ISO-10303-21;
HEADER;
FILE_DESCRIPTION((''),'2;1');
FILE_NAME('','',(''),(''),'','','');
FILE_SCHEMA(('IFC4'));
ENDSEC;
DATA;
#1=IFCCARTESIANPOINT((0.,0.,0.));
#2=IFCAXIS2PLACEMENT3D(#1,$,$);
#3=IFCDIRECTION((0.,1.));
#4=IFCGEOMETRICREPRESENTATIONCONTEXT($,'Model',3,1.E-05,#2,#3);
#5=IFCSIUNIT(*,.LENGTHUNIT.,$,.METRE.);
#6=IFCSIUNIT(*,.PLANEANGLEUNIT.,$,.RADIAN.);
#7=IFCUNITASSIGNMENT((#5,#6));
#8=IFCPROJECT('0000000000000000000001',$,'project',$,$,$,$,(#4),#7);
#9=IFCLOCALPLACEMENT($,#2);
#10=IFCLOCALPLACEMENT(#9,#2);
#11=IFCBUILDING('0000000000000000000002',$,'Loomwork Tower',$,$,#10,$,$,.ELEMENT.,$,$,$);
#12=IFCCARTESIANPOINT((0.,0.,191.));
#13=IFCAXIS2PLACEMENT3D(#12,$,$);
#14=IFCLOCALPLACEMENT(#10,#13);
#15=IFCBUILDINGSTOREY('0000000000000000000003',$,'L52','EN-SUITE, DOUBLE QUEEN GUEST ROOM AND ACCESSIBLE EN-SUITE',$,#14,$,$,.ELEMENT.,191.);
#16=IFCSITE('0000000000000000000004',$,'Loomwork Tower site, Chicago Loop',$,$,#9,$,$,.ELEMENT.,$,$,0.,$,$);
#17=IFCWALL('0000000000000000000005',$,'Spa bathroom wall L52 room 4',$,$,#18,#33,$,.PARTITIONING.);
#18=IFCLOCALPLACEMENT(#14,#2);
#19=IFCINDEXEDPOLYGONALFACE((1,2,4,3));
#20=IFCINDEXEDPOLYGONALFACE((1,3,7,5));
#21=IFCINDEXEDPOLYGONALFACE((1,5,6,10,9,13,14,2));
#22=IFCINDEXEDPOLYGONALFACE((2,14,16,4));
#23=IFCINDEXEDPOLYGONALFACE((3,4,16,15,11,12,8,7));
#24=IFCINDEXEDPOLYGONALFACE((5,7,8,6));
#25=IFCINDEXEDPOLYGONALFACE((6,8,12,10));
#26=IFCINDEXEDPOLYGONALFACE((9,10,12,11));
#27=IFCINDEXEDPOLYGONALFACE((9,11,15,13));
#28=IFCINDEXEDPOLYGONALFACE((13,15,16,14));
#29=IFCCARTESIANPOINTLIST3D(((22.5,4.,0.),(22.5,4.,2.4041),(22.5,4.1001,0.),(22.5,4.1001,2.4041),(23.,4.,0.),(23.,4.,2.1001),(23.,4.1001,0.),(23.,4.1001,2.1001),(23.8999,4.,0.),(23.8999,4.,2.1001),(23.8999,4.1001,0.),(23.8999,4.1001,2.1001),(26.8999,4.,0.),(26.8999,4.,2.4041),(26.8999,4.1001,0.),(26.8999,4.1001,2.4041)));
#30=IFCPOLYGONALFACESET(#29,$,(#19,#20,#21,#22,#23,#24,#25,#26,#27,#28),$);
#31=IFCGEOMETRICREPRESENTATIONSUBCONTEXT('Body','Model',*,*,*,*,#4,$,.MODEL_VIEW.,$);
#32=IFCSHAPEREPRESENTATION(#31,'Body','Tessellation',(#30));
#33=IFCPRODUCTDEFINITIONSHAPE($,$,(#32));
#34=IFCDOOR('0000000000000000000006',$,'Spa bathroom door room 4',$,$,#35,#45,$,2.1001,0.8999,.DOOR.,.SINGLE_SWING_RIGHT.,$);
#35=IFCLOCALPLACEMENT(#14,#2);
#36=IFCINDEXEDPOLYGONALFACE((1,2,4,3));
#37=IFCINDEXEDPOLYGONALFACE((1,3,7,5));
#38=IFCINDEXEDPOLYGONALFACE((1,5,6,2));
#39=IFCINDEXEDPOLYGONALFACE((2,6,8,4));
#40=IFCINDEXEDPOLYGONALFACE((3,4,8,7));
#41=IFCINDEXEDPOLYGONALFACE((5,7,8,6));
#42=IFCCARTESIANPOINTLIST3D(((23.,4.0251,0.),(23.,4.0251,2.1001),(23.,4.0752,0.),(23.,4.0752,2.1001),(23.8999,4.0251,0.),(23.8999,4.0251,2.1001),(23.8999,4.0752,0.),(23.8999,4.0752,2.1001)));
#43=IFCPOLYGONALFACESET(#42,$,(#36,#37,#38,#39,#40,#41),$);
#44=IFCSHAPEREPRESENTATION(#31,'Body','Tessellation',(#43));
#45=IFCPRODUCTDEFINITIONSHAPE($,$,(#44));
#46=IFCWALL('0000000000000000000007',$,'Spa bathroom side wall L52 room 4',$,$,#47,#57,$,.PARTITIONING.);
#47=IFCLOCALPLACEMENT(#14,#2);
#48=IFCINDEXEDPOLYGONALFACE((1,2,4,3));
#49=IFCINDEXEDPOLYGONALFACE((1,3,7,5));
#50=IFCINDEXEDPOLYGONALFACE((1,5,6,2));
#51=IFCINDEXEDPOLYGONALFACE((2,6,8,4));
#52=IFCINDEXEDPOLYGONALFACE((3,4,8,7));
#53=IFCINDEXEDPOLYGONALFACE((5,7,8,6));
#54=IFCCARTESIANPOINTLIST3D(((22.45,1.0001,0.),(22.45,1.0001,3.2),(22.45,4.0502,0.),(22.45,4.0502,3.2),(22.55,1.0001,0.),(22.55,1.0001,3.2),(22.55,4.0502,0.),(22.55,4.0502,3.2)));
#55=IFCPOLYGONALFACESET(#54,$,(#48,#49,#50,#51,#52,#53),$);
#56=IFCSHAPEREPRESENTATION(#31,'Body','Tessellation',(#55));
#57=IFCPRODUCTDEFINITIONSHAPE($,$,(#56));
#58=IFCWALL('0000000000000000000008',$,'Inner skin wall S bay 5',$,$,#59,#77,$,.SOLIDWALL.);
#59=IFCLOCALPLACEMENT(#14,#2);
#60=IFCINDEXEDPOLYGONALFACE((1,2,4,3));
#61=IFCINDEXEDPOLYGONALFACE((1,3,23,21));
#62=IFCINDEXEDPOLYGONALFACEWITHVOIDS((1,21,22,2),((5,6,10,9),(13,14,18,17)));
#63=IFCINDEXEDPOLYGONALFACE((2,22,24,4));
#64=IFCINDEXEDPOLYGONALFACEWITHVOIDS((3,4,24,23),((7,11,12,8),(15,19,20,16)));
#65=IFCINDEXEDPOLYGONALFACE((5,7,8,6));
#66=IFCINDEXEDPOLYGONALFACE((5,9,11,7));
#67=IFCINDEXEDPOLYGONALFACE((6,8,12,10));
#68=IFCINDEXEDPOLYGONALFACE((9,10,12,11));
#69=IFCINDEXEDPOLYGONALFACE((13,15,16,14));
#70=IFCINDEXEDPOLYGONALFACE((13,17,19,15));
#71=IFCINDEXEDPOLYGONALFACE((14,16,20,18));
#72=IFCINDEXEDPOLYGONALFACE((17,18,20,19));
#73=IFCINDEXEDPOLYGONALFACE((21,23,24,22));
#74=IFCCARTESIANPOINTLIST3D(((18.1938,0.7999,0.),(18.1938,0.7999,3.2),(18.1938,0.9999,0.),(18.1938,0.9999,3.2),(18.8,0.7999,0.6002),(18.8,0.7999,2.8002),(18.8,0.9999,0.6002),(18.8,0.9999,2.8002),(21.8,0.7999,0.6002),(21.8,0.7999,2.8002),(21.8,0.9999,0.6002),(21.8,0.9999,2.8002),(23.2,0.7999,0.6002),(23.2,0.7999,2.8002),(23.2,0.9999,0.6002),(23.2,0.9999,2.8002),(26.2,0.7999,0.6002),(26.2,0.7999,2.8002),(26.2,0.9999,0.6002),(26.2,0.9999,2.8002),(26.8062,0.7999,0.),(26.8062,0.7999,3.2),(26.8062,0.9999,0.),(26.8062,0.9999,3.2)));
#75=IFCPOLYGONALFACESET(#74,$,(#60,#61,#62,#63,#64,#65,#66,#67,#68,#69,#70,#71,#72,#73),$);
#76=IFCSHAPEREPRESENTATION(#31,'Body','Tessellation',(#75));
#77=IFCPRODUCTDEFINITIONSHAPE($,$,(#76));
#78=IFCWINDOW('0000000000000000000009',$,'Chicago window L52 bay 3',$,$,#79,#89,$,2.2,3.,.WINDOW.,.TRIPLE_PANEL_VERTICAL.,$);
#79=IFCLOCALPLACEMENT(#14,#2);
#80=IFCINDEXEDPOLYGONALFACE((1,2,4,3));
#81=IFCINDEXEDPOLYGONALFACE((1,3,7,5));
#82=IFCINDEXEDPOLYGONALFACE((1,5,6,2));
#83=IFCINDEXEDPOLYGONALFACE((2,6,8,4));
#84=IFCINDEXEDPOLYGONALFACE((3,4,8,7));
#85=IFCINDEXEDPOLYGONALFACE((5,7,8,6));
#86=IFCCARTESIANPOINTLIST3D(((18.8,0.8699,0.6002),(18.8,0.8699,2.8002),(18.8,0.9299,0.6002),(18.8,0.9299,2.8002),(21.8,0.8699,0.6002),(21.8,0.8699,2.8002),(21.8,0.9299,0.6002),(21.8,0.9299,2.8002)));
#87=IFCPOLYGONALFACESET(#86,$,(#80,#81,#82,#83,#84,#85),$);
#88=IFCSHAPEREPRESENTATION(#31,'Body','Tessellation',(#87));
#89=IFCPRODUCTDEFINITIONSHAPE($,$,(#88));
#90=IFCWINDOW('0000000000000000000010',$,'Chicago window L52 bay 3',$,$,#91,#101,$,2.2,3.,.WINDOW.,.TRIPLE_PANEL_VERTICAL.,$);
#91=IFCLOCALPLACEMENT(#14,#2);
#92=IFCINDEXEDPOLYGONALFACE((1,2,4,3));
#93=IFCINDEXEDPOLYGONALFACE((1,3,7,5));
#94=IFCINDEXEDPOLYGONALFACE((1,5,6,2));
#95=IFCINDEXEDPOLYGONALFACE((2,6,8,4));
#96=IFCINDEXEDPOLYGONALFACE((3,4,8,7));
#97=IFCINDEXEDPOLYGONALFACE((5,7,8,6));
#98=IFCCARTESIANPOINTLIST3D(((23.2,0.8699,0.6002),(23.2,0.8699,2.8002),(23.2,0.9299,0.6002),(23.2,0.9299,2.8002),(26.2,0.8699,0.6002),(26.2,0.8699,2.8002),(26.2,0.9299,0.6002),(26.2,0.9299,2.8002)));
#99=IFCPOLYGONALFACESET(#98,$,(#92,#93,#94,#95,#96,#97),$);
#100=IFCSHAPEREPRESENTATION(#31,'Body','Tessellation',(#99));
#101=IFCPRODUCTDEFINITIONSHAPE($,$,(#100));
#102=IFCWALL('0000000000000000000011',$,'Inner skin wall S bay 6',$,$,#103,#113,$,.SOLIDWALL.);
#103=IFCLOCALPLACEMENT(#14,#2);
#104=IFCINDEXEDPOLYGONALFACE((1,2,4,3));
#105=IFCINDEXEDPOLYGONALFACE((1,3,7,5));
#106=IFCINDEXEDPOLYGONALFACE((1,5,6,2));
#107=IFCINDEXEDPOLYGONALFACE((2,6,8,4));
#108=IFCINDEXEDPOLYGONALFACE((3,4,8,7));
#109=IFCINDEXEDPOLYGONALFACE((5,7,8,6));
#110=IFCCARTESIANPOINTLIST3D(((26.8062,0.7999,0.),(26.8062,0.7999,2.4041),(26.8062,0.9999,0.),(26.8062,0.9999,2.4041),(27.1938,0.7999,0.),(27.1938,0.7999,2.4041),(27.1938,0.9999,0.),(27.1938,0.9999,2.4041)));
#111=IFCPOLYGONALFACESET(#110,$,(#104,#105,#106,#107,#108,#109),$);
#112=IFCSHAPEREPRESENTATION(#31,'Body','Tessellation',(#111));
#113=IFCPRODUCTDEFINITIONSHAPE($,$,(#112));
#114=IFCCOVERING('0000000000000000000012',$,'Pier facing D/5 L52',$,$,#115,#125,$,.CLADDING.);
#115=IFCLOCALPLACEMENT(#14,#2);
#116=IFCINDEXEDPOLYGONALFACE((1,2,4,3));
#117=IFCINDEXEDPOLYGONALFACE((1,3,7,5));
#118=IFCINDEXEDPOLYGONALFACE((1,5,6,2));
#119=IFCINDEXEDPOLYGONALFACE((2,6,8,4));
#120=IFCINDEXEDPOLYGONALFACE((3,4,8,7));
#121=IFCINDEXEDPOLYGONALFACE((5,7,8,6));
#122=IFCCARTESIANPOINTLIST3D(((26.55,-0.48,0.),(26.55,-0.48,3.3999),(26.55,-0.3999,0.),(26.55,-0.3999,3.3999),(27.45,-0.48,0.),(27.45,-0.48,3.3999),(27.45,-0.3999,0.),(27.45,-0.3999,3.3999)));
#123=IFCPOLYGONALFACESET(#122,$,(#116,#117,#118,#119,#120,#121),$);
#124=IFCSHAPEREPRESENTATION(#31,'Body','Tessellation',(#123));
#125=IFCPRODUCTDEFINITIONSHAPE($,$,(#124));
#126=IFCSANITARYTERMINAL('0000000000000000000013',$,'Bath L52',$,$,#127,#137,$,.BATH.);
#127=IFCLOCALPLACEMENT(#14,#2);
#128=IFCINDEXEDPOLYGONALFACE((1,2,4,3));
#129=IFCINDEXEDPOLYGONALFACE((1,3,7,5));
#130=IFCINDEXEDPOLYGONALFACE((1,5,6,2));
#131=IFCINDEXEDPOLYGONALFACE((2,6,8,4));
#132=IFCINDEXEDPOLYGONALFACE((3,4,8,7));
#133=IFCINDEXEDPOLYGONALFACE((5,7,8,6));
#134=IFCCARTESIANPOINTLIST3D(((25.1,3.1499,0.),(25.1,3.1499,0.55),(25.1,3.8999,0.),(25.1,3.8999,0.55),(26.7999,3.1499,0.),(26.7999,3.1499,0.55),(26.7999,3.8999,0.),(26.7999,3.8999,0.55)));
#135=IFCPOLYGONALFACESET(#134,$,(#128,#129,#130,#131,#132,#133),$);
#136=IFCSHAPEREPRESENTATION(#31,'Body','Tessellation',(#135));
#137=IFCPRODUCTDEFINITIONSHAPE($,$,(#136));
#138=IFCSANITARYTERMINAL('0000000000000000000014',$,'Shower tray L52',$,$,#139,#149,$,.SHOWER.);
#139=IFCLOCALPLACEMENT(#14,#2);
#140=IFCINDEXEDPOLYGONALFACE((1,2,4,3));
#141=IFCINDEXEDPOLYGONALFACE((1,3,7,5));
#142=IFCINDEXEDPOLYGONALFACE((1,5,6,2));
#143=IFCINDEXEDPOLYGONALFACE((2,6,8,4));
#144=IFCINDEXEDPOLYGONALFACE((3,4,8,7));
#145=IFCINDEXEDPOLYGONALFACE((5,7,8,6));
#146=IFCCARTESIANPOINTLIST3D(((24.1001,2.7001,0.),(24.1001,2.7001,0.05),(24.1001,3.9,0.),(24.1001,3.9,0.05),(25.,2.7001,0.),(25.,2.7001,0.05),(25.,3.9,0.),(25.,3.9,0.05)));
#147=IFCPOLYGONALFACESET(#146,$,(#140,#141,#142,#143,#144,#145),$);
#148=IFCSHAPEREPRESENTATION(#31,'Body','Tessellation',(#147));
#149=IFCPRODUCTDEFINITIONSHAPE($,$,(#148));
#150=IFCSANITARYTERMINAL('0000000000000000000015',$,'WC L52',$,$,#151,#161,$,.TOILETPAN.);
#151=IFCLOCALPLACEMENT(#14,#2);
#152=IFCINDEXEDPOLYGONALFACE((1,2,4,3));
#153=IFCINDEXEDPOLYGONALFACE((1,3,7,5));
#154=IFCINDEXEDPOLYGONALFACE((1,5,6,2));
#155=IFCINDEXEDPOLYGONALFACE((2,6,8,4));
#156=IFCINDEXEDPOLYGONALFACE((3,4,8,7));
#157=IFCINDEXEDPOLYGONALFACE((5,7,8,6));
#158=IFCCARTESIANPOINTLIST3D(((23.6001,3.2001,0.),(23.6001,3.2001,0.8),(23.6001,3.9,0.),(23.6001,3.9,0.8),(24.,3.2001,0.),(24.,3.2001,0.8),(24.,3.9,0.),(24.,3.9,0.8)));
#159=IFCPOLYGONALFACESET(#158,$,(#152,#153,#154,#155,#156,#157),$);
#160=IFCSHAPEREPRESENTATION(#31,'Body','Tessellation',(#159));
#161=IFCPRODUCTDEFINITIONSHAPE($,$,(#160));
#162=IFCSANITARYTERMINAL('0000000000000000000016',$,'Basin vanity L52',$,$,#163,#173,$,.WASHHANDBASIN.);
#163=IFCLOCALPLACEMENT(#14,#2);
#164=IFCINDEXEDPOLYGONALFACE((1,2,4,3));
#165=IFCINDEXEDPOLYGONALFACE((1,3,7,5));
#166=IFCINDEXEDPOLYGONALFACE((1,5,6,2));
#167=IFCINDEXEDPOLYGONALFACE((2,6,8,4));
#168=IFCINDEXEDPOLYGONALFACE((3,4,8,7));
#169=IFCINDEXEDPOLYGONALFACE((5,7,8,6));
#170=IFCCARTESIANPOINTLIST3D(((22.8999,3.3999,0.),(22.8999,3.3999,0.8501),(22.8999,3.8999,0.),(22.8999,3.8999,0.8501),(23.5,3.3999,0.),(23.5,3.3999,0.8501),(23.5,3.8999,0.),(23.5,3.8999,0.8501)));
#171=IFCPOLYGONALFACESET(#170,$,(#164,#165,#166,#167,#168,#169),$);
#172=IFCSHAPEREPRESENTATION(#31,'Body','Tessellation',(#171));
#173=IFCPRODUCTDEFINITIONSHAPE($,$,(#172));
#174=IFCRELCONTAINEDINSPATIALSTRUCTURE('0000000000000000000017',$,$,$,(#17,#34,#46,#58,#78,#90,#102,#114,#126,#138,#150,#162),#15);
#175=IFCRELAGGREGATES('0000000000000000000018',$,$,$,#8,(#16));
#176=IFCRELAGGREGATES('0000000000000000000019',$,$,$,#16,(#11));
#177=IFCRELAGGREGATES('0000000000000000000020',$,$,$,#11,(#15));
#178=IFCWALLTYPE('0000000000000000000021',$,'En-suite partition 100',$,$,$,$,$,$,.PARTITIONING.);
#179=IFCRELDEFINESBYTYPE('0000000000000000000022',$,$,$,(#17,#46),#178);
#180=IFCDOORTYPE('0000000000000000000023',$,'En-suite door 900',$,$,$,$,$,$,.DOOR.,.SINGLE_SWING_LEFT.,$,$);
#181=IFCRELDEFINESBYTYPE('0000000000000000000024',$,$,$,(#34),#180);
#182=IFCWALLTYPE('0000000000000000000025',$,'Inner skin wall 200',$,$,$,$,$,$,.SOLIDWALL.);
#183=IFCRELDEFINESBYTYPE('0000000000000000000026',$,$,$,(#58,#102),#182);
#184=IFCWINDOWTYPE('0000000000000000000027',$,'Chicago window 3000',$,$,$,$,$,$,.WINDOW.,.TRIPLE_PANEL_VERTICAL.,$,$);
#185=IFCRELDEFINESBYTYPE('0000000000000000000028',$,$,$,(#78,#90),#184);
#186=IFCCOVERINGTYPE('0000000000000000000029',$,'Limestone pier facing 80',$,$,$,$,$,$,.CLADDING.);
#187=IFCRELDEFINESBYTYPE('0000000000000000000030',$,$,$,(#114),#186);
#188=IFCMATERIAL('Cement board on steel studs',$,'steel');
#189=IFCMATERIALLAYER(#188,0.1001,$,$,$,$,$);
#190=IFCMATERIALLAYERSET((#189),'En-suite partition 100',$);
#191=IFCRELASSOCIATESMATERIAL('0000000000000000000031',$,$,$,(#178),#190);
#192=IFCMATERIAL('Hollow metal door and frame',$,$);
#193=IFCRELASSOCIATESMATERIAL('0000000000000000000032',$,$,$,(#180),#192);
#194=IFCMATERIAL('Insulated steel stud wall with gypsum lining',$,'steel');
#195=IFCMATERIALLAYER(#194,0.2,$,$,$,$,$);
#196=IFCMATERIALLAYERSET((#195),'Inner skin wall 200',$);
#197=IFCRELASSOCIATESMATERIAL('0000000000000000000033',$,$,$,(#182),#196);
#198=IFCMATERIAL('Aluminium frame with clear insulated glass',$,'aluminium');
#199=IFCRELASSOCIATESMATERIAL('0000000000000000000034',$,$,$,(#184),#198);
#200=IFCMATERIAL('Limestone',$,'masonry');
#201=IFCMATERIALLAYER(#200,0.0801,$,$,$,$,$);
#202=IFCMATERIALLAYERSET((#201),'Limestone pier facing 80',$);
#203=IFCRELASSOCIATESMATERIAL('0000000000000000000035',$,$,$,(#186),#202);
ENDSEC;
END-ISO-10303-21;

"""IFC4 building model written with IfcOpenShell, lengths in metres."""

from ifc_helpers import new_model, si_unit, direction, frame, frame_2d, origin, origin_2d, place, context, subcontext, project, spatial, rectangle, extrude, material, layer, layer_set, type_object, element, fill, save


model = new_model("IFC4")

# Units and contexts
model_context = context("Model", 3, precision=1e-05, world=origin(), true_north=direction((0.0, 1.0)))
body_context = subcontext(model_context, "Body", "Model", "MODEL_VIEW")
ifc_project = project(units=[si_unit("LENGTHUNIT", "METRE"), si_unit("PLANEANGLEUNIT", "RADIAN")], contexts=[model_context])

# Site, building, storey
site_placement = place(None, origin())
site = spatial("IfcSite", under=ifc_project, at=site_placement, Name="Loomwork Tower site, Chicago Loop", CompositionType="ELEMENT", RefElevation=0.0)
building_placement = place(site_placement, origin())
building = spatial("IfcBuilding", under=site, at=building_placement, Name="Loomwork Tower", CompositionType="ELEMENT")
storey_placement = place(building_placement, frame((0.0, 0.0, 191.0)))
storey = spatial("IfcBuildingStorey", under=building, at=storey_placement, Name="L52", Description="EN-SUITE, DOUBLE QUEEN GUEST ROOM AND ACCESSIBLE EN-SUITE", CompositionType="ELEMENT", Elevation=191.0)

# Wall, opening, door
ifc_material_1 = material(Name="Cement board on steel studs", Category="steel")
ifc_layer_1 = layer(ifc_material_1, 0.1001)
ifc_layer_set_1 = layer_set([ifc_layer_1], Name="En-suite partition 100")
wall_type_1 = type_object("IfcWallType", Name="En-suite partition 100", PredefinedType="PARTITIONING", material=ifc_layer_set_1)
wall_1_placement = place(storey_placement, frame((22.5, 4.05, 0.0), z_axis=(0.0, 0.0, 1.0), x_axis=(1.0, 0.0, 0.0)))
wall_1 = element("IfcWall", 1, at=wall_1_placement, inside=storey, type_object=wall_type_1, Name="Spa bathroom wall L52 room 4", PredefinedType="PARTITIONING", context=body_context, shape_type="SweptSolid", body=[
    extrude(rectangle(XDim=4.3999, YDim=0.1001, at=frame_2d((2.2, 0.0))), origin(), (0.0, 0.0, 1.0), 2.4041),
])
opening_1_placement = place(wall_1_placement, frame((0.5, 0.0, 0.0)))
opening_1 = element("IfcOpeningElement", 2, at=opening_1_placement, cuts=wall_1, PredefinedType="OPENING", context=body_context, shape_type="SweptSolid", body=[
    extrude(rectangle(XDim=0.8999, YDim=2.1001, at=frame_2d((0.45, 1.05))), frame((0.0, 0.0601, 0.0), z_axis=(0.0, -1.0, 0.0), x_axis=(1.0, 0.0, 0.0)), (0.0, 0.0, 1.0), 0.1201),
])
ifc_material_2 = material(Name="Hollow metal door and frame")
door_type_1 = type_object("IfcDoorType", Name="En-suite door 900", OperationType="SINGLE_SWING_LEFT", PredefinedType="DOOR", material=ifc_material_2)
door_1_placement = place(opening_1_placement, frame((0.8999, 0.0, 0.0), z_axis=(0.0, 0.0, 1.0), x_axis=(-1.0, 0.0, 0.0)))
door_1 = element("IfcDoor", 3, at=door_1_placement, inside=storey, type_object=door_type_1, Name="Spa bathroom door room 4", OperationType="SINGLE_SWING_RIGHT", OverallHeight=2.1001, OverallWidth=0.8999, PredefinedType="DOOR", context=body_context, shape_type="SweptSolid", body=[
    extrude(rectangle(XDim=0.8999, YDim=2.1001, at=frame_2d((0.45, 1.05))), frame((0.0, 0.0249, 0.0), z_axis=(0.0, -1.0, 0.0), x_axis=(1.0, 0.0, 0.0)), (0.0, 0.0, 1.0), 0.05),
])
fill(opening_1, door_1)

# Wall
wall_2_placement = place(storey_placement, frame((22.5, 4.05, 0.0), z_axis=(0.0, 0.0, 1.0), x_axis=(0.0, -1.0, 0.0)))
element("IfcWall", 4, at=wall_2_placement, inside=storey, type_object=wall_type_1, Name="Spa bathroom side wall L52 room 4", PredefinedType="PARTITIONING", context=body_context, shape_type="SweptSolid", body=[
    extrude(rectangle(XDim=3.05, YDim=0.1001, at=frame_2d((1.5249, 0.0))), origin(), (0.0, 0.0, 1.0), 3.2),
])

# Wall, openings, windows
ifc_material_3 = material(Name="Insulated steel stud wall with gypsum lining", Category="steel")
ifc_layer_2 = layer(ifc_material_3, 0.2)
ifc_layer_set_2 = layer_set([ifc_layer_2], Name="Inner skin wall 200")
wall_type_2 = type_object("IfcWallType", Name="Inner skin wall 200", PredefinedType="SOLIDWALL", material=ifc_layer_set_2)
wall_3_placement = place(storey_placement, frame((18.1938, 0.8999, 0.0), z_axis=(0.0, 0.0, 1.0), x_axis=(1.0, 0.0, 0.0)))
wall_3 = element("IfcWall", 5, at=wall_3_placement, inside=storey, type_object=wall_type_2, Name="Inner skin wall S bay 5", PredefinedType="SOLIDWALL", context=body_context, shape_type="SweptSolid", body=[
    extrude(rectangle(XDim=8.6123, YDim=0.2, at=frame_2d((4.3062, 0.0))), origin(), (0.0, 0.0, 1.0), 3.2),
])
opening_2_placement = place(wall_3_placement, frame((0.6062, 0.0, 0.6001)))
opening_2 = element("IfcOpeningElement", 6, at=opening_2_placement, cuts=wall_3, PredefinedType="OPENING", context=body_context, shape_type="SweptSolid", body=[
    extrude(rectangle(XDim=3.0, YDim=2.2, at=frame_2d((1.5, 1.1001))), frame((0.0, 0.1099, 0.0), z_axis=(0.0, -1.0, 0.0), x_axis=(1.0, 0.0, 0.0)), (0.0, 0.0, 1.0), 0.22),
])
opening_3_placement = place(wall_3_placement, frame((5.0061, 0.0, 0.6001)))
opening_3 = element("IfcOpeningElement", 7, at=opening_3_placement, cuts=wall_3, PredefinedType="OPENING", context=body_context, shape_type="SweptSolid", body=[
    extrude(rectangle(XDim=3.0, YDim=2.2, at=frame_2d((1.5, 1.1001))), frame((0.0, 0.1099, 0.0), z_axis=(0.0, -1.0, 0.0), x_axis=(1.0, 0.0, 0.0)), (0.0, 0.0, 1.0), 0.22),
])
ifc_material_4 = material(Name="Aluminium frame with clear insulated glass", Category="aluminium")
window_type = type_object("IfcWindowType", Name="Chicago window 3000", PartitioningType="TRIPLE_PANEL_VERTICAL", PredefinedType="WINDOW", material=ifc_material_4)
window_1_placement = place(opening_2_placement, origin())
window_1 = element("IfcWindow", 8, at=window_1_placement, inside=storey, type_object=window_type, Name="Chicago window L52 bay 3", OverallHeight=2.2, OverallWidth=3.0, PartitioningType="TRIPLE_PANEL_VERTICAL", PredefinedType="WINDOW", context=body_context, shape_type="SweptSolid", body=[
    extrude(rectangle(XDim=3.0, YDim=2.2, at=frame_2d((1.5, 1.1001))), frame((0.0, 0.03, 0.0), z_axis=(0.0, -1.0, 0.0), x_axis=(1.0, 0.0, 0.0)), (0.0, 0.0, 1.0), 0.0601),
])
fill(opening_2, window_1)
window_2_placement = place(opening_3_placement, origin())
window_2 = element("IfcWindow", 9, at=window_2_placement, inside=storey, type_object=window_type, Name="Chicago window L52 bay 3", OverallHeight=2.2, OverallWidth=3.0, PartitioningType="TRIPLE_PANEL_VERTICAL", PredefinedType="WINDOW", context=body_context, shape_type="SweptSolid", body=[
    extrude(rectangle(XDim=3.0, YDim=2.2, at=frame_2d((1.5, 1.1001))), frame((0.0, 0.03, 0.0), z_axis=(0.0, -1.0, 0.0), x_axis=(1.0, 0.0, 0.0)), (0.0, 0.0, 1.0), 0.0601),
])
fill(opening_3, window_2)

# Wall
wall_4_placement = place(storey_placement, frame((26.8062, 0.8999, 0.0), z_axis=(0.0, 0.0, 1.0), x_axis=(1.0, 0.0, 0.0)))
element("IfcWall", 10, at=wall_4_placement, inside=storey, type_object=wall_type_2, Name="Inner skin wall S bay 6", PredefinedType="SOLIDWALL", context=body_context, shape_type="SweptSolid", body=[
    extrude(rectangle(XDim=0.3877, YDim=0.2, at=frame_2d((0.1938, 0.0))), origin(), (0.0, 0.0, 1.0), 2.4041),
])

# Covering
ifc_material_5 = material(Name="Limestone", Category="masonry")
ifc_layer_3 = layer(ifc_material_5, 0.0801)
ifc_layer_set_3 = layer_set([ifc_layer_3], Name="Limestone pier facing 80")
covering_type = type_object("IfcCoveringType", Name="Limestone pier facing 80", PredefinedType="CLADDING", material=ifc_layer_set_3)
covering_placement = place(storey_placement, frame((27.0, -0.4399, 0.0), z_axis=(0.0, 0.0, 1.0), x_axis=(1.0, 0.0, 0.0)))
element("IfcCovering", 11, at=covering_placement, inside=storey, type_object=covering_type, Name="Pier facing D/5 L52", PredefinedType="CLADDING", context=body_context, shape_type="SweptSolid", body=[
    extrude(rectangle(XDim=0.8999, YDim=0.0801, at=origin_2d()), origin(), (0.0, 0.0, 1.0), 3.3999),
])

# Sanitary terminals
sanitary_terminal_1_placement = place(storey_placement, frame((25.95, 3.5249, 0.0), z_axis=(0.0, 0.0, 1.0), x_axis=(1.0, 0.0, 0.0)))
element("IfcSanitaryTerminal", 12, at=sanitary_terminal_1_placement, inside=storey, Name="Bath L52", PredefinedType="BATH", context=body_context, shape_type="SweptSolid", body=[
    extrude(rectangle(XDim=1.7, YDim=0.75, at=origin_2d()), origin(), (0.0, 0.0, 1.0), 0.55),
])
sanitary_terminal_2_placement = place(storey_placement, frame((24.55, 3.3, 0.0), z_axis=(0.0, 0.0, 1.0), x_axis=(1.0, 0.0, 0.0)))
element("IfcSanitaryTerminal", 13, at=sanitary_terminal_2_placement, inside=storey, Name="Shower tray L52", PredefinedType="SHOWER", context=body_context, shape_type="SweptSolid", body=[
    extrude(rectangle(XDim=0.8999, YDim=1.2, at=origin_2d()), origin(), (0.0, 0.0, 1.0), 0.05),
])
sanitary_terminal_3_placement = place(storey_placement, frame((23.8, 3.55, 0.0), z_axis=(0.0, 0.0, 1.0), x_axis=(1.0, 0.0, 0.0)))
element("IfcSanitaryTerminal", 14, at=sanitary_terminal_3_placement, inside=storey, Name="WC L52", PredefinedType="TOILETPAN", context=body_context, shape_type="SweptSolid", body=[
    extrude(rectangle(XDim=0.3999, YDim=0.7, at=origin_2d()), origin(), (0.0, 0.0, 1.0), 0.8),
])
sanitary_terminal_4_placement = place(storey_placement, frame((23.2, 3.6499, 0.0), z_axis=(0.0, 0.0, 1.0), x_axis=(1.0, 0.0, 0.0)))
element("IfcSanitaryTerminal", 15, at=sanitary_terminal_4_placement, inside=storey, Name="Basin vanity L52", PredefinedType="WASHHANDBASIN", context=body_context, shape_type="SweptSolid", body=[
    extrude(rectangle(XDim=0.6001, YDim=0.5, at=origin_2d()), origin(), (0.0, 0.0, 1.0), 0.8501),
])

save(model, "model.ifc")
